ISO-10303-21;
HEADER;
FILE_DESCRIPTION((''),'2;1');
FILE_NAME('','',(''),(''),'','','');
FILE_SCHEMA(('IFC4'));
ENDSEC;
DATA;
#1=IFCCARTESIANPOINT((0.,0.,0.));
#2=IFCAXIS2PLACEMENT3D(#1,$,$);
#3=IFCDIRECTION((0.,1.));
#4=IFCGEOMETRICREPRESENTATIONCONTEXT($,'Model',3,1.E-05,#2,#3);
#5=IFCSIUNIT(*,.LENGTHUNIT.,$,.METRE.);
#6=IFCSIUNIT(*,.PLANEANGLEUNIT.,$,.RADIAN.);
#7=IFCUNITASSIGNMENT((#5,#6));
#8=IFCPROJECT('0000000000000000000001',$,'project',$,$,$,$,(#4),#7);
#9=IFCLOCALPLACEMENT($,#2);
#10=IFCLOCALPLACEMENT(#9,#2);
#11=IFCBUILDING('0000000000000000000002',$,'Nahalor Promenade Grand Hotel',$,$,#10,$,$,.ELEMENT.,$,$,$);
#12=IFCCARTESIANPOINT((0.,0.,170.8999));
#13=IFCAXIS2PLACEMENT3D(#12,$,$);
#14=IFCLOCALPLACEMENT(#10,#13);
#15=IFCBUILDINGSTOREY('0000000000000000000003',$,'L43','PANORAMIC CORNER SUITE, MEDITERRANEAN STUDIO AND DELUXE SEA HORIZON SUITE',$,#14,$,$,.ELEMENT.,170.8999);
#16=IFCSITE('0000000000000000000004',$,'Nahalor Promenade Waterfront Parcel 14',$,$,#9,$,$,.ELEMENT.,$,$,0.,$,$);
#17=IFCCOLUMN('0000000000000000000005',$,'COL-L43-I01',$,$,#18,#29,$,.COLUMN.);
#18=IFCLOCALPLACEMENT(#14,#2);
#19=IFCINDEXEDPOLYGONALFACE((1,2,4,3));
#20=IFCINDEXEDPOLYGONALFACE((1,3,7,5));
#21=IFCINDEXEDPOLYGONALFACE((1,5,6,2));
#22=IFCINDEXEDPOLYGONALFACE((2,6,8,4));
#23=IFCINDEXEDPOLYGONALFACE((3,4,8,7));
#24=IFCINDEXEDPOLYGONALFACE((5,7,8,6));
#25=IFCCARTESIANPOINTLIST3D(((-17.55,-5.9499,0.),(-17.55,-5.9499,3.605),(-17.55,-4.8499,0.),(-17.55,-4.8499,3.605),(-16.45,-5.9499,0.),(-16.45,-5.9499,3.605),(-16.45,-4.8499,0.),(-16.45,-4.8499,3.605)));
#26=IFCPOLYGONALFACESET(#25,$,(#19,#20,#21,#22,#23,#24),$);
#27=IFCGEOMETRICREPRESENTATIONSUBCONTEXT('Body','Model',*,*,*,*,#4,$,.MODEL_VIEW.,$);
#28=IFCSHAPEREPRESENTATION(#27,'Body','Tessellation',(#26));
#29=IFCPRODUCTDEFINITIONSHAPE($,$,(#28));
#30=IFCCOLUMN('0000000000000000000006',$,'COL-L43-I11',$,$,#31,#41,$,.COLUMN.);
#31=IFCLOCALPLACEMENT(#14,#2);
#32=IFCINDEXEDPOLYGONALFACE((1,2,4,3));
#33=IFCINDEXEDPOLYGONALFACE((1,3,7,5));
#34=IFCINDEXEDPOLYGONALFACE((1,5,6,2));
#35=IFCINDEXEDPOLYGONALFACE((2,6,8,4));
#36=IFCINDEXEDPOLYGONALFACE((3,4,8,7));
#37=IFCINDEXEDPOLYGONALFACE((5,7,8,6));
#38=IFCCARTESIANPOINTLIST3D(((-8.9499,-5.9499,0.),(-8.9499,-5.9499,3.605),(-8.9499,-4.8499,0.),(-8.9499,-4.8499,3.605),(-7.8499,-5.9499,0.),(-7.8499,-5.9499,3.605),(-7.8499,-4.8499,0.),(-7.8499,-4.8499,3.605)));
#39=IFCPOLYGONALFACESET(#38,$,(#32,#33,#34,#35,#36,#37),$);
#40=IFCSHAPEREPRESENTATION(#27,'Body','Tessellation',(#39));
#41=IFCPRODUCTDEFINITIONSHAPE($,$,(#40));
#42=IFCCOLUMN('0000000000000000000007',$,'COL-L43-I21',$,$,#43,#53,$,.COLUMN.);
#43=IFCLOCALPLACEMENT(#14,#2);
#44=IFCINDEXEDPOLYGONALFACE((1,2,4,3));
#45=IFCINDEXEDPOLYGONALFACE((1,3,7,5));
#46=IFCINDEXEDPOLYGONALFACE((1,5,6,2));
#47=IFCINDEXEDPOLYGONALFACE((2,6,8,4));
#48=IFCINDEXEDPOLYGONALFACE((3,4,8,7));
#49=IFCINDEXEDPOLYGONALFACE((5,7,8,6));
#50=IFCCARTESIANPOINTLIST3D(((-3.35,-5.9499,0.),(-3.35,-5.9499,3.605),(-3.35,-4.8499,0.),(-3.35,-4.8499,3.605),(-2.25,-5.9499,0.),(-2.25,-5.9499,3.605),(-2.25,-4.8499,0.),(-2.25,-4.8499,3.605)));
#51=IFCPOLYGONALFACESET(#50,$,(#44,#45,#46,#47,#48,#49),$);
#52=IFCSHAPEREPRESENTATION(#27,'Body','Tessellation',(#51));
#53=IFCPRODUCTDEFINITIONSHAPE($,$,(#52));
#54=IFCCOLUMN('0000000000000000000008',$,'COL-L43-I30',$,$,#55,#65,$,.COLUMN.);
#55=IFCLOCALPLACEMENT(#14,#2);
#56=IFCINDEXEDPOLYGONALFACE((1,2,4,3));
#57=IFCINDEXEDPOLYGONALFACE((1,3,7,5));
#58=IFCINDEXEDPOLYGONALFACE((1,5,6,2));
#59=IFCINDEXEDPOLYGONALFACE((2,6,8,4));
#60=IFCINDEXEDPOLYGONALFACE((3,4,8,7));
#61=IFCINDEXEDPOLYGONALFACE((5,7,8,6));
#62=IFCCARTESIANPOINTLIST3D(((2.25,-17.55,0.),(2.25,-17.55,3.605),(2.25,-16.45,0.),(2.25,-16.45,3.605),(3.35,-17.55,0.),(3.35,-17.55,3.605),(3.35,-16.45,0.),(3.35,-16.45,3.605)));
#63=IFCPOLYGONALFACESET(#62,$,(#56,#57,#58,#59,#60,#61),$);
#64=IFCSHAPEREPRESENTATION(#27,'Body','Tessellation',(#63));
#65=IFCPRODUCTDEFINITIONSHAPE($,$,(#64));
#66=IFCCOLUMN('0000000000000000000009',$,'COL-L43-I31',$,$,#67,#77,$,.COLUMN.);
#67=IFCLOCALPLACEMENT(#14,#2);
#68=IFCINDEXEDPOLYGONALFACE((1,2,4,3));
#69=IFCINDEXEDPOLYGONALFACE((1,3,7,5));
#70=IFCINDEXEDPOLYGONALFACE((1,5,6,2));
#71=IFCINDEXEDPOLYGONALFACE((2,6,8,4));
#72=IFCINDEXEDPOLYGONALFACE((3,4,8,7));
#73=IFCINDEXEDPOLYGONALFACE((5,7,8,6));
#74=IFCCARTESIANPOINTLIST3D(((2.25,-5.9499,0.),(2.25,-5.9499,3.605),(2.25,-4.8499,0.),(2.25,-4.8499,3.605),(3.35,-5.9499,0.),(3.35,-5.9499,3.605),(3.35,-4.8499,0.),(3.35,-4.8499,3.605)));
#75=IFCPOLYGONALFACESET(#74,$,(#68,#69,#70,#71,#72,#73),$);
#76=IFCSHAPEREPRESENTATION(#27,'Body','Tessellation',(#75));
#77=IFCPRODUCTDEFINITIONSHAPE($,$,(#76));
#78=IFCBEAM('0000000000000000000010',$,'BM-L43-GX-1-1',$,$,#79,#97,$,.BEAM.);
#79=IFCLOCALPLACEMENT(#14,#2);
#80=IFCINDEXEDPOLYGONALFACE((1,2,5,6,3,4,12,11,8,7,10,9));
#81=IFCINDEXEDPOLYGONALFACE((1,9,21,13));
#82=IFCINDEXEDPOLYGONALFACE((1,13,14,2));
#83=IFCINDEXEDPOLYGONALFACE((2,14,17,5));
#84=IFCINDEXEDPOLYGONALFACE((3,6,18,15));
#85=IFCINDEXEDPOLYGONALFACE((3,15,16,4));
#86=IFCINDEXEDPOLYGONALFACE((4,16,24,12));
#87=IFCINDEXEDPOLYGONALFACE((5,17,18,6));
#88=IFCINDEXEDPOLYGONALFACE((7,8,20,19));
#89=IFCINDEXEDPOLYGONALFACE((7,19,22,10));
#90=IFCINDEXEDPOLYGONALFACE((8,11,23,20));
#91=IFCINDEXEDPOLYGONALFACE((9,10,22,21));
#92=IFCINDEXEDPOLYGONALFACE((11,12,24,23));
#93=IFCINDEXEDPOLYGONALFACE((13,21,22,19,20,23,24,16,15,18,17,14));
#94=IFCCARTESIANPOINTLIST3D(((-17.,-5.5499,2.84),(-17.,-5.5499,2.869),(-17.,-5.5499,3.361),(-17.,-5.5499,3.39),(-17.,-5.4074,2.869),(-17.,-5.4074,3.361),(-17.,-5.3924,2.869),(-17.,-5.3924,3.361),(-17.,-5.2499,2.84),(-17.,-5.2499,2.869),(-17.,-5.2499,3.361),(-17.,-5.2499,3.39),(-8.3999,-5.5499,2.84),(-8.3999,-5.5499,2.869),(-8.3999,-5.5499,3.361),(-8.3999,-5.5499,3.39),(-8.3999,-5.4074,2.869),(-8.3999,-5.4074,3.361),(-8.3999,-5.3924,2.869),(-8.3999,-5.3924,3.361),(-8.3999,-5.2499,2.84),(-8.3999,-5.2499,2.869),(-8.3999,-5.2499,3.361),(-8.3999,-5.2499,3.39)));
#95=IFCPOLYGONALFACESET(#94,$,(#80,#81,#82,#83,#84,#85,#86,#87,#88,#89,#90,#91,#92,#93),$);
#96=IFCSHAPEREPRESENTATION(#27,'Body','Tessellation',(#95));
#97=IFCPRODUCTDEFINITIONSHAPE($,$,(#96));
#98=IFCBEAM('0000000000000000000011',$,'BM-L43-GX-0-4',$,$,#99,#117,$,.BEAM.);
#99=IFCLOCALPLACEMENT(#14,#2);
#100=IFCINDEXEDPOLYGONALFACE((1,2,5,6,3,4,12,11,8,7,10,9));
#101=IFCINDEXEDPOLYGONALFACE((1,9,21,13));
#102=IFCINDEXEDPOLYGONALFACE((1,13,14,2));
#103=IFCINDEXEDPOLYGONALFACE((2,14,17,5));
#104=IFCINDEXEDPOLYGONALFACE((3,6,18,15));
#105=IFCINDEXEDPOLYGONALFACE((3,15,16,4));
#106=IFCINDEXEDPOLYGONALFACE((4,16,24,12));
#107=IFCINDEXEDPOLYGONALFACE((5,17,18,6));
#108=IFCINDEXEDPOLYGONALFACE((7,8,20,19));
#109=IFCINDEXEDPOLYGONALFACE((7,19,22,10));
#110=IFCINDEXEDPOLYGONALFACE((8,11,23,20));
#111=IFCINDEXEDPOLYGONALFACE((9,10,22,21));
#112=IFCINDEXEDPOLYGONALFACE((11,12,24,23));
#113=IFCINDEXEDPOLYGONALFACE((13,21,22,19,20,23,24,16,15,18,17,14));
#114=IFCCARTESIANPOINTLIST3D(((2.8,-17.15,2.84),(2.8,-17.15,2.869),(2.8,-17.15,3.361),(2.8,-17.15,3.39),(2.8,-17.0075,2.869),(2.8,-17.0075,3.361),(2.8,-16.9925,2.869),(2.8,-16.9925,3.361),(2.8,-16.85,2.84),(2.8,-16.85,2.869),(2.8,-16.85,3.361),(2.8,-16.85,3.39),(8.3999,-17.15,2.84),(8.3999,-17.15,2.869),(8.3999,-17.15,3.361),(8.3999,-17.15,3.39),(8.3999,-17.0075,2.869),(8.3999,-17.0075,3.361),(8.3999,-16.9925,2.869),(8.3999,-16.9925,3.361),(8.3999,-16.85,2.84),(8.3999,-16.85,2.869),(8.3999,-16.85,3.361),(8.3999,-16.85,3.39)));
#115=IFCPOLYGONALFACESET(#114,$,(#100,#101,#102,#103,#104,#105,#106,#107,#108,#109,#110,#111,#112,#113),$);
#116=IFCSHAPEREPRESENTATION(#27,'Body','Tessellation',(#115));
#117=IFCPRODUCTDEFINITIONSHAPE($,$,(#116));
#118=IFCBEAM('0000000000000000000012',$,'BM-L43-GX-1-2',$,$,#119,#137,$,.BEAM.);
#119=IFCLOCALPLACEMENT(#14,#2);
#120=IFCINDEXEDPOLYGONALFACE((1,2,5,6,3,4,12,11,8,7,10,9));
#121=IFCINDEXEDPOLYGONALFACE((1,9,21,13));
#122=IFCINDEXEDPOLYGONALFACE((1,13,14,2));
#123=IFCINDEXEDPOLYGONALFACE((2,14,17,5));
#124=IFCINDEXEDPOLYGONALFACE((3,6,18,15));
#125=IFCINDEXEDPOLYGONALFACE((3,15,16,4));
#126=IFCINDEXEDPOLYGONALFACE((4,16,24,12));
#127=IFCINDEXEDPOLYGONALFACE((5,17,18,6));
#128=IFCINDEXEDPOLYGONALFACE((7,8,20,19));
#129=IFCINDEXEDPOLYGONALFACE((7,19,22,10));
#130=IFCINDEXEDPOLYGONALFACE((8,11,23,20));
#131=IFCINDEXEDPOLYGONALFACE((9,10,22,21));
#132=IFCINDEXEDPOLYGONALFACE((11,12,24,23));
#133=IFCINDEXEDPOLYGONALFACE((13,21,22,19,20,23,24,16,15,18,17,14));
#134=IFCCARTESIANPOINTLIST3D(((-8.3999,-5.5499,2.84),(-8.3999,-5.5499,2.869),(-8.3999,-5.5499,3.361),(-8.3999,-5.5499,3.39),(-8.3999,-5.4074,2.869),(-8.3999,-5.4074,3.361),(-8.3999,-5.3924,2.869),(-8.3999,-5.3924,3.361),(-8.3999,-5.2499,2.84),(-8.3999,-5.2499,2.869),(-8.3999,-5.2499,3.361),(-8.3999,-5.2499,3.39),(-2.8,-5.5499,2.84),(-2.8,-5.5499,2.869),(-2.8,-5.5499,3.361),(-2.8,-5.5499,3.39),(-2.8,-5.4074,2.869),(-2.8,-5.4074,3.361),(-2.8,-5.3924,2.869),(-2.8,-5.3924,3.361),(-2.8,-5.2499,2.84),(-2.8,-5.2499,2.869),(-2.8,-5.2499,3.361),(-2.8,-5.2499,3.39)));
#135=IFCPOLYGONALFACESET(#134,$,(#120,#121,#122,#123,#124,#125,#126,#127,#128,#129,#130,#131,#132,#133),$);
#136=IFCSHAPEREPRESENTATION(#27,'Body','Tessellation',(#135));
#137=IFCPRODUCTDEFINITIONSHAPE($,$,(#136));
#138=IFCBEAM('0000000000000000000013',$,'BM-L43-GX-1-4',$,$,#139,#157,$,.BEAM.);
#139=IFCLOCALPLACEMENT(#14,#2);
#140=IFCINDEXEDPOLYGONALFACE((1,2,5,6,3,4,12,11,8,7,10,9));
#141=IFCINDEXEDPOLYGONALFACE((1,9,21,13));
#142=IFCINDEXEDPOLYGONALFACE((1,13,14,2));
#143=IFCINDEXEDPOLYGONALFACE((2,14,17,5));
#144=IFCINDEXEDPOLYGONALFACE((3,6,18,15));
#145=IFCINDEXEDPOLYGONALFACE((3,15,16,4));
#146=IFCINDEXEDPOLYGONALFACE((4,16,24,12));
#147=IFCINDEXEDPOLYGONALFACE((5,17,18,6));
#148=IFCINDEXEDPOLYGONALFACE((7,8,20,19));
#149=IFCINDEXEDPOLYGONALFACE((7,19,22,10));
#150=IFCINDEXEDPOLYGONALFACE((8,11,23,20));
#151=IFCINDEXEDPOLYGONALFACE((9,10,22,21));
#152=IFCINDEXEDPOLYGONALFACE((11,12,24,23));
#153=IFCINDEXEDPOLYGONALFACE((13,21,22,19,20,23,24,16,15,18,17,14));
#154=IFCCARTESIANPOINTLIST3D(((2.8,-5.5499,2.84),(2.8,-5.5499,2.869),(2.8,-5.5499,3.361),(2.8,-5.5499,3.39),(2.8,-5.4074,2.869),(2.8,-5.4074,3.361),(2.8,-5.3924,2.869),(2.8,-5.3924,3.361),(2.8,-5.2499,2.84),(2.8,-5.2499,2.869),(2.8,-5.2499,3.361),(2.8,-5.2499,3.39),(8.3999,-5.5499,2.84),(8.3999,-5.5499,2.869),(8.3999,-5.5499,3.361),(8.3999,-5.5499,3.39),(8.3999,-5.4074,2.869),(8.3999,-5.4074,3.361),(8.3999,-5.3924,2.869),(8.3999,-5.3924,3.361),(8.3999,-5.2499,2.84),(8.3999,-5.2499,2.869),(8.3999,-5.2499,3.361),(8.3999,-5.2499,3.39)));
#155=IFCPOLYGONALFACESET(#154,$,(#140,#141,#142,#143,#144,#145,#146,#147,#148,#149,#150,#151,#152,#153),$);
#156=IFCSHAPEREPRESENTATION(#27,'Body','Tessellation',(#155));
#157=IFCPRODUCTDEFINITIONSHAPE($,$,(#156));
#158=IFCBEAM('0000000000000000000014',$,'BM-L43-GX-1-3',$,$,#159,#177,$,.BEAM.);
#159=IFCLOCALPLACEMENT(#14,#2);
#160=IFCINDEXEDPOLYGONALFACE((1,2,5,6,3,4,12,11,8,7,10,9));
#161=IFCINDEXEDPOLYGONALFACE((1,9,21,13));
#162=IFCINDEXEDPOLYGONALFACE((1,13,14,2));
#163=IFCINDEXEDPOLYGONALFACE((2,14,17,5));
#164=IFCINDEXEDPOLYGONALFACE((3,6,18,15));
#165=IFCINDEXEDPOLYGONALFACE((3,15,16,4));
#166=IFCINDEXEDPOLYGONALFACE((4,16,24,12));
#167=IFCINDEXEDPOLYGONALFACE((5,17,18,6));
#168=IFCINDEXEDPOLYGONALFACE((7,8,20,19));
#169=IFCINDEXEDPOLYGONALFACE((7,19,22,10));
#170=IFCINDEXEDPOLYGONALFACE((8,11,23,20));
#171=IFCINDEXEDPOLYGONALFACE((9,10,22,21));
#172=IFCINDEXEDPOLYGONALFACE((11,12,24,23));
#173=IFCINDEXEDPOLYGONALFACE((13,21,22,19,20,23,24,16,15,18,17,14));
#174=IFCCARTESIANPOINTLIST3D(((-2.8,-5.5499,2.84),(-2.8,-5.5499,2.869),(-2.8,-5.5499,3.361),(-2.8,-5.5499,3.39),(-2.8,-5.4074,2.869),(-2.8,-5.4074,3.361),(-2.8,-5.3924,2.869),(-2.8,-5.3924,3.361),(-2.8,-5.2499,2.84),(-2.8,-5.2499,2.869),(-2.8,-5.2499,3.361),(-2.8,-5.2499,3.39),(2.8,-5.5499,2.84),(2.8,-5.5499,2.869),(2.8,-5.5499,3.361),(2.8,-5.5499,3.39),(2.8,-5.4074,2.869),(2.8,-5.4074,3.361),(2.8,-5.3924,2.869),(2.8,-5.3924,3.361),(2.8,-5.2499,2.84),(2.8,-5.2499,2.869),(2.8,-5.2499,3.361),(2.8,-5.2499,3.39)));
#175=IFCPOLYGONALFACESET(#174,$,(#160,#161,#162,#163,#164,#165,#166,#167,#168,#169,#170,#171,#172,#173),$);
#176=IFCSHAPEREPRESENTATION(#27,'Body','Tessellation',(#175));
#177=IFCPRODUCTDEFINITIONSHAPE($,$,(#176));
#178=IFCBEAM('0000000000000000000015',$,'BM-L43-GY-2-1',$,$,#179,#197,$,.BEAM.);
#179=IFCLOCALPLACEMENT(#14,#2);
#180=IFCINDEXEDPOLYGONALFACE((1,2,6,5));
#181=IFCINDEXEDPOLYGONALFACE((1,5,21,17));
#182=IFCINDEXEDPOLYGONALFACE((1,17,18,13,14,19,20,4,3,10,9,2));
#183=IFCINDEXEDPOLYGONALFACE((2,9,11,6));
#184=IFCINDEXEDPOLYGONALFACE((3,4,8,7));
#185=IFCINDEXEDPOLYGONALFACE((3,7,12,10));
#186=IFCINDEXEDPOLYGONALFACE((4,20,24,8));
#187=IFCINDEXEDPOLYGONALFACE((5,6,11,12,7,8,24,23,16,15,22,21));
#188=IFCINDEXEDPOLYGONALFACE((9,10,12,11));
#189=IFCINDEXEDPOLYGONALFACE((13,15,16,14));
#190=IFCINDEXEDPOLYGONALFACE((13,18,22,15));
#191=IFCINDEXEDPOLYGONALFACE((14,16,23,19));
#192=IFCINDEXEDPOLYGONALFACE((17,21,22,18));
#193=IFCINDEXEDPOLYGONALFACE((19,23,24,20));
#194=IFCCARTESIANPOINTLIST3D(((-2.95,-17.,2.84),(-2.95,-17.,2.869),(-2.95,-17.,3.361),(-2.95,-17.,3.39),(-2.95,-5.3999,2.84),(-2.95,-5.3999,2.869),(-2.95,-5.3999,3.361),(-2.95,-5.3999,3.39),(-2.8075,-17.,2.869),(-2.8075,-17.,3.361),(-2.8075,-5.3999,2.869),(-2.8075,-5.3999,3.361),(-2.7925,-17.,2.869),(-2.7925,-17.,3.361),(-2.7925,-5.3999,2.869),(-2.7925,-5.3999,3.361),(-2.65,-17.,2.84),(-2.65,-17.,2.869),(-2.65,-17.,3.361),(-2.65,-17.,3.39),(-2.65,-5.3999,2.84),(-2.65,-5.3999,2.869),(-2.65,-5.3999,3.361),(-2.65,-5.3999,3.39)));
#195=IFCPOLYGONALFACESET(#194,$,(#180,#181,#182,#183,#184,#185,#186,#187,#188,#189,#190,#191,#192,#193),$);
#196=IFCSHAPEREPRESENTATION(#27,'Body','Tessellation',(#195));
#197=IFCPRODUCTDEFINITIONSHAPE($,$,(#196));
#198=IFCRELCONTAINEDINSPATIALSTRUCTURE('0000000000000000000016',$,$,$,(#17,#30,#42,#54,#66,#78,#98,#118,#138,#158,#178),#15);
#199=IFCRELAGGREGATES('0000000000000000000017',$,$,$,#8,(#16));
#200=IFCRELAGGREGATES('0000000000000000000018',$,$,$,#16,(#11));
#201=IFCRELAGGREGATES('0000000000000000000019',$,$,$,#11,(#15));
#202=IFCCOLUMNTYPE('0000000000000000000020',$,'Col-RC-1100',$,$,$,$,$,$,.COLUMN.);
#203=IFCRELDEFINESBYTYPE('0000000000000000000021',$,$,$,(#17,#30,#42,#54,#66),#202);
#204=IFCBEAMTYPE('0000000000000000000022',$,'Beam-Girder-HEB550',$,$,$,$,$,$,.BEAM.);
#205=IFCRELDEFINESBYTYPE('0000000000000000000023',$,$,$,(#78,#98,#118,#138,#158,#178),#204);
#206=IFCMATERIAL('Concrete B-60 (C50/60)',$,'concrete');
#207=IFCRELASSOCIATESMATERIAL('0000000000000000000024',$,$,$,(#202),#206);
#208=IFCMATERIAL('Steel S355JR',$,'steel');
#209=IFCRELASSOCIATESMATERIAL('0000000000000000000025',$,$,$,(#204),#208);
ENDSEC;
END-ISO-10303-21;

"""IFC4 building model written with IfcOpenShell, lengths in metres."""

from ifc_helpers import new_model, si_unit, direction, frame, origin, origin_2d, place, context, subcontext, project, spatial, rectangle, i_section, extrude, source, transform, mapped, material, material_profile, profile_set, type_object, element, save


model = new_model("IFC4")

# Units and contexts
model_context = context("Model", 3, precision=1e-05, world=origin(), true_north=direction((0.0, 1.0)))
body_context = subcontext(model_context, "Body", "Model", "MODEL_VIEW")
ifc_project = project(units=[si_unit("LENGTHUNIT", "METRE"), si_unit("PLANEANGLEUNIT", "RADIAN")], contexts=[model_context])

# Site, building, storey
site_placement = place(None, origin())
site = spatial("IfcSite", under=ifc_project, at=site_placement, Name="Nahalor Promenade Waterfront Parcel 14", CompositionType="ELEMENT", RefElevation=0.0)
building_placement = place(site_placement, origin())
building = spatial("IfcBuilding", under=site, at=building_placement, Name="Nahalor Promenade Grand Hotel", CompositionType="ELEMENT")
storey_placement = place(building_placement, frame((0.0, 0.0, 170.8999)))
storey = spatial("IfcBuildingStorey", under=building, at=storey_placement, Name="L43", Description="PANORAMIC CORNER SUITE, MEDITERRANEAN STUDIO AND DELUXE SEA HORIZON SUITE", CompositionType="ELEMENT", Elevation=170.8999)

# Columns
ifc_material_1 = material(Name="Concrete B-60 (C50/60)", Category="concrete")
ifc_material_profile_1 = material_profile(ifc_material_1, rectangle(XDim=1.1, YDim=1.1, at=origin_2d()), Name="RC 1100x1100")
ifc_profile_set_1 = profile_set([ifc_material_profile_1], Name="Concrete B-60 (C50/60)")
column_type = type_object("IfcColumnType", Name="Col-RC-1100", PredefinedType="COLUMN", material=ifc_profile_set_1)
shared_shape_1 = source(origin(), body_context, "Body", "SweptSolid", [
    extrude(rectangle(XDim=1.1, YDim=1.1, at=origin_2d()), origin(), (0.0, 0.0, 1.0), 3.605),
])
for number, where, z_axis, x_axis, name in (
    (1, (-17.0, -5.3999, 0.0), (0.0, 0.0, 1.0), (1.0, 0.0, 0.0), "COL-L43-I01"),
    (2, (-8.3999, -5.3999, 0.0), (0.0, 0.0, 1.0), (1.0, 0.0, 0.0), "COL-L43-I11"),
    (3, (-2.8, -5.3999, 0.0), (0.0, 0.0, 1.0), (1.0, 0.0, 0.0), "COL-L43-I21"),
    (4, (2.8, -17.0, 0.0), (0.0, 0.0, 1.0), (1.0, 0.0, 0.0), "COL-L43-I30"),
    (5, (2.8, -5.3999, 0.0), (0.0, 0.0, 1.0), (1.0, 0.0, 0.0), "COL-L43-I31"),
):
    element("IfcColumn", number, at=place(storey_placement, frame(where, z_axis=z_axis, x_axis=x_axis)), inside=storey, type_object=column_type, Name=name, PredefinedType="COLUMN", context=body_context, shape_type="MappedRepresentation", body=[
        mapped(shared_shape_1, transform((0.0, 0.0, 0.0), scale=1.0)),
    ])

# Beams
ifc_material_2 = material(Name="Steel S355JR", Category="steel")
ifc_material_profile_2 = material_profile(ifc_material_2, i_section(OverallWidth=0.3, OverallDepth=0.55, WebThickness=0.015, FlangeThickness=0.029, at=origin_2d()), Name="HEB 550")
ifc_profile_set_2 = profile_set([ifc_material_profile_2], Name="Steel S355JR")
beam_type_1 = type_object("IfcBeamType", Name="Beam-Girder-HEB550", PredefinedType="BEAM", material=ifc_profile_set_2)
shared_shape_2 = source(origin(), body_context, "Body", "SweptSolid", [
    extrude(i_section(OverallWidth=0.3, OverallDepth=0.55, WebThickness=0.015, FlangeThickness=0.029, at=origin_2d()), origin(), (0.0, 0.0, 1.0), 8.6001),
])
beam_1_placement = place(storey_placement, frame((-17.0, -5.3999, 3.115), z_axis=(1.0, 0.0, 0.0), x_axis=(0.0, 1.0, 0.0)))
element("IfcBeam", 6, at=beam_1_placement, inside=storey, type_object=beam_type_1, Name="BM-L43-GX-1-1", PredefinedType="BEAM", context=body_context, shape_type="MappedRepresentation", body=[
    mapped(shared_shape_2, transform((0.0, 0.0, 0.0), scale=1.0)),
])
shared_shape_3 = source(origin(), body_context, "Body", "SweptSolid", [
    extrude(i_section(OverallWidth=0.3, OverallDepth=0.55, WebThickness=0.015, FlangeThickness=0.029, at=origin_2d()), origin(), (0.0, 0.0, 1.0), 5.5999),
])
for number, where, z_axis, x_axis, name in (
    (7, (2.8, -17.0, 3.115), (1.0, 0.0, 0.0), (0.0, 1.0, 0.0), "BM-L43-GX-0-4"),
    (8, (-8.3999, -5.3999, 3.115), (1.0, 0.0, 0.0), (0.0, 1.0, 0.0), "BM-L43-GX-1-2"),
    (9, (2.8, -5.3999, 3.115), (1.0, 0.0, 0.0), (0.0, 1.0, 0.0), "BM-L43-GX-1-4"),
):
    element("IfcBeam", number, at=place(storey_placement, frame(where, z_axis=z_axis, x_axis=x_axis)), inside=storey, type_object=beam_type_1, Name=name, PredefinedType="BEAM", context=body_context, shape_type="MappedRepresentation", body=[
        mapped(shared_shape_3, transform((0.0, 0.0, 0.0), scale=1.0)),
    ])
shared_shape_4 = source(origin(), body_context, "Body", "SweptSolid", [
    extrude(i_section(OverallWidth=0.3, OverallDepth=0.55, WebThickness=0.015, FlangeThickness=0.029, at=origin_2d()), origin(), (0.0, 0.0, 1.0), 5.6001),
])
beam_2_placement = place(storey_placement, frame((-2.8, -5.3999, 3.115), z_axis=(1.0, 0.0, 0.0), x_axis=(0.0, 1.0, 0.0)))
element("IfcBeam", 10, at=beam_2_placement, inside=storey, type_object=beam_type_1, Name="BM-L43-GX-1-3", PredefinedType="BEAM", context=body_context, shape_type="MappedRepresentation", body=[
    mapped(shared_shape_4, transform((0.0, 0.0, 0.0), scale=1.0)),
])
shared_shape_5 = source(origin(), body_context, "Body", "SweptSolid", [
    extrude(i_section(OverallWidth=0.3, OverallDepth=0.55, WebThickness=0.015, FlangeThickness=0.029, at=origin_2d()), origin(), (0.0, 0.0, 1.0), 11.6001),
])
for number, where, z_axis, x_axis, name in (
    (11, (-2.8, -17.0, 3.115), (0.0, 1.0, 0.0), (-1.0, 0.0, 0.0), "BM-L43-GY-2-1"),
):
    element("IfcBeam", number, at=place(storey_placement, frame(where, z_axis=z_axis, x_axis=x_axis)), inside=storey, type_object=beam_type_1, Name=name, PredefinedType="BEAM", context=body_context, shape_type="MappedRepresentation", body=[
        mapped(shared_shape_5, transform((0.0, 0.0, 0.0), scale=1.0)),
    ])

save(model, "model.ifc")
